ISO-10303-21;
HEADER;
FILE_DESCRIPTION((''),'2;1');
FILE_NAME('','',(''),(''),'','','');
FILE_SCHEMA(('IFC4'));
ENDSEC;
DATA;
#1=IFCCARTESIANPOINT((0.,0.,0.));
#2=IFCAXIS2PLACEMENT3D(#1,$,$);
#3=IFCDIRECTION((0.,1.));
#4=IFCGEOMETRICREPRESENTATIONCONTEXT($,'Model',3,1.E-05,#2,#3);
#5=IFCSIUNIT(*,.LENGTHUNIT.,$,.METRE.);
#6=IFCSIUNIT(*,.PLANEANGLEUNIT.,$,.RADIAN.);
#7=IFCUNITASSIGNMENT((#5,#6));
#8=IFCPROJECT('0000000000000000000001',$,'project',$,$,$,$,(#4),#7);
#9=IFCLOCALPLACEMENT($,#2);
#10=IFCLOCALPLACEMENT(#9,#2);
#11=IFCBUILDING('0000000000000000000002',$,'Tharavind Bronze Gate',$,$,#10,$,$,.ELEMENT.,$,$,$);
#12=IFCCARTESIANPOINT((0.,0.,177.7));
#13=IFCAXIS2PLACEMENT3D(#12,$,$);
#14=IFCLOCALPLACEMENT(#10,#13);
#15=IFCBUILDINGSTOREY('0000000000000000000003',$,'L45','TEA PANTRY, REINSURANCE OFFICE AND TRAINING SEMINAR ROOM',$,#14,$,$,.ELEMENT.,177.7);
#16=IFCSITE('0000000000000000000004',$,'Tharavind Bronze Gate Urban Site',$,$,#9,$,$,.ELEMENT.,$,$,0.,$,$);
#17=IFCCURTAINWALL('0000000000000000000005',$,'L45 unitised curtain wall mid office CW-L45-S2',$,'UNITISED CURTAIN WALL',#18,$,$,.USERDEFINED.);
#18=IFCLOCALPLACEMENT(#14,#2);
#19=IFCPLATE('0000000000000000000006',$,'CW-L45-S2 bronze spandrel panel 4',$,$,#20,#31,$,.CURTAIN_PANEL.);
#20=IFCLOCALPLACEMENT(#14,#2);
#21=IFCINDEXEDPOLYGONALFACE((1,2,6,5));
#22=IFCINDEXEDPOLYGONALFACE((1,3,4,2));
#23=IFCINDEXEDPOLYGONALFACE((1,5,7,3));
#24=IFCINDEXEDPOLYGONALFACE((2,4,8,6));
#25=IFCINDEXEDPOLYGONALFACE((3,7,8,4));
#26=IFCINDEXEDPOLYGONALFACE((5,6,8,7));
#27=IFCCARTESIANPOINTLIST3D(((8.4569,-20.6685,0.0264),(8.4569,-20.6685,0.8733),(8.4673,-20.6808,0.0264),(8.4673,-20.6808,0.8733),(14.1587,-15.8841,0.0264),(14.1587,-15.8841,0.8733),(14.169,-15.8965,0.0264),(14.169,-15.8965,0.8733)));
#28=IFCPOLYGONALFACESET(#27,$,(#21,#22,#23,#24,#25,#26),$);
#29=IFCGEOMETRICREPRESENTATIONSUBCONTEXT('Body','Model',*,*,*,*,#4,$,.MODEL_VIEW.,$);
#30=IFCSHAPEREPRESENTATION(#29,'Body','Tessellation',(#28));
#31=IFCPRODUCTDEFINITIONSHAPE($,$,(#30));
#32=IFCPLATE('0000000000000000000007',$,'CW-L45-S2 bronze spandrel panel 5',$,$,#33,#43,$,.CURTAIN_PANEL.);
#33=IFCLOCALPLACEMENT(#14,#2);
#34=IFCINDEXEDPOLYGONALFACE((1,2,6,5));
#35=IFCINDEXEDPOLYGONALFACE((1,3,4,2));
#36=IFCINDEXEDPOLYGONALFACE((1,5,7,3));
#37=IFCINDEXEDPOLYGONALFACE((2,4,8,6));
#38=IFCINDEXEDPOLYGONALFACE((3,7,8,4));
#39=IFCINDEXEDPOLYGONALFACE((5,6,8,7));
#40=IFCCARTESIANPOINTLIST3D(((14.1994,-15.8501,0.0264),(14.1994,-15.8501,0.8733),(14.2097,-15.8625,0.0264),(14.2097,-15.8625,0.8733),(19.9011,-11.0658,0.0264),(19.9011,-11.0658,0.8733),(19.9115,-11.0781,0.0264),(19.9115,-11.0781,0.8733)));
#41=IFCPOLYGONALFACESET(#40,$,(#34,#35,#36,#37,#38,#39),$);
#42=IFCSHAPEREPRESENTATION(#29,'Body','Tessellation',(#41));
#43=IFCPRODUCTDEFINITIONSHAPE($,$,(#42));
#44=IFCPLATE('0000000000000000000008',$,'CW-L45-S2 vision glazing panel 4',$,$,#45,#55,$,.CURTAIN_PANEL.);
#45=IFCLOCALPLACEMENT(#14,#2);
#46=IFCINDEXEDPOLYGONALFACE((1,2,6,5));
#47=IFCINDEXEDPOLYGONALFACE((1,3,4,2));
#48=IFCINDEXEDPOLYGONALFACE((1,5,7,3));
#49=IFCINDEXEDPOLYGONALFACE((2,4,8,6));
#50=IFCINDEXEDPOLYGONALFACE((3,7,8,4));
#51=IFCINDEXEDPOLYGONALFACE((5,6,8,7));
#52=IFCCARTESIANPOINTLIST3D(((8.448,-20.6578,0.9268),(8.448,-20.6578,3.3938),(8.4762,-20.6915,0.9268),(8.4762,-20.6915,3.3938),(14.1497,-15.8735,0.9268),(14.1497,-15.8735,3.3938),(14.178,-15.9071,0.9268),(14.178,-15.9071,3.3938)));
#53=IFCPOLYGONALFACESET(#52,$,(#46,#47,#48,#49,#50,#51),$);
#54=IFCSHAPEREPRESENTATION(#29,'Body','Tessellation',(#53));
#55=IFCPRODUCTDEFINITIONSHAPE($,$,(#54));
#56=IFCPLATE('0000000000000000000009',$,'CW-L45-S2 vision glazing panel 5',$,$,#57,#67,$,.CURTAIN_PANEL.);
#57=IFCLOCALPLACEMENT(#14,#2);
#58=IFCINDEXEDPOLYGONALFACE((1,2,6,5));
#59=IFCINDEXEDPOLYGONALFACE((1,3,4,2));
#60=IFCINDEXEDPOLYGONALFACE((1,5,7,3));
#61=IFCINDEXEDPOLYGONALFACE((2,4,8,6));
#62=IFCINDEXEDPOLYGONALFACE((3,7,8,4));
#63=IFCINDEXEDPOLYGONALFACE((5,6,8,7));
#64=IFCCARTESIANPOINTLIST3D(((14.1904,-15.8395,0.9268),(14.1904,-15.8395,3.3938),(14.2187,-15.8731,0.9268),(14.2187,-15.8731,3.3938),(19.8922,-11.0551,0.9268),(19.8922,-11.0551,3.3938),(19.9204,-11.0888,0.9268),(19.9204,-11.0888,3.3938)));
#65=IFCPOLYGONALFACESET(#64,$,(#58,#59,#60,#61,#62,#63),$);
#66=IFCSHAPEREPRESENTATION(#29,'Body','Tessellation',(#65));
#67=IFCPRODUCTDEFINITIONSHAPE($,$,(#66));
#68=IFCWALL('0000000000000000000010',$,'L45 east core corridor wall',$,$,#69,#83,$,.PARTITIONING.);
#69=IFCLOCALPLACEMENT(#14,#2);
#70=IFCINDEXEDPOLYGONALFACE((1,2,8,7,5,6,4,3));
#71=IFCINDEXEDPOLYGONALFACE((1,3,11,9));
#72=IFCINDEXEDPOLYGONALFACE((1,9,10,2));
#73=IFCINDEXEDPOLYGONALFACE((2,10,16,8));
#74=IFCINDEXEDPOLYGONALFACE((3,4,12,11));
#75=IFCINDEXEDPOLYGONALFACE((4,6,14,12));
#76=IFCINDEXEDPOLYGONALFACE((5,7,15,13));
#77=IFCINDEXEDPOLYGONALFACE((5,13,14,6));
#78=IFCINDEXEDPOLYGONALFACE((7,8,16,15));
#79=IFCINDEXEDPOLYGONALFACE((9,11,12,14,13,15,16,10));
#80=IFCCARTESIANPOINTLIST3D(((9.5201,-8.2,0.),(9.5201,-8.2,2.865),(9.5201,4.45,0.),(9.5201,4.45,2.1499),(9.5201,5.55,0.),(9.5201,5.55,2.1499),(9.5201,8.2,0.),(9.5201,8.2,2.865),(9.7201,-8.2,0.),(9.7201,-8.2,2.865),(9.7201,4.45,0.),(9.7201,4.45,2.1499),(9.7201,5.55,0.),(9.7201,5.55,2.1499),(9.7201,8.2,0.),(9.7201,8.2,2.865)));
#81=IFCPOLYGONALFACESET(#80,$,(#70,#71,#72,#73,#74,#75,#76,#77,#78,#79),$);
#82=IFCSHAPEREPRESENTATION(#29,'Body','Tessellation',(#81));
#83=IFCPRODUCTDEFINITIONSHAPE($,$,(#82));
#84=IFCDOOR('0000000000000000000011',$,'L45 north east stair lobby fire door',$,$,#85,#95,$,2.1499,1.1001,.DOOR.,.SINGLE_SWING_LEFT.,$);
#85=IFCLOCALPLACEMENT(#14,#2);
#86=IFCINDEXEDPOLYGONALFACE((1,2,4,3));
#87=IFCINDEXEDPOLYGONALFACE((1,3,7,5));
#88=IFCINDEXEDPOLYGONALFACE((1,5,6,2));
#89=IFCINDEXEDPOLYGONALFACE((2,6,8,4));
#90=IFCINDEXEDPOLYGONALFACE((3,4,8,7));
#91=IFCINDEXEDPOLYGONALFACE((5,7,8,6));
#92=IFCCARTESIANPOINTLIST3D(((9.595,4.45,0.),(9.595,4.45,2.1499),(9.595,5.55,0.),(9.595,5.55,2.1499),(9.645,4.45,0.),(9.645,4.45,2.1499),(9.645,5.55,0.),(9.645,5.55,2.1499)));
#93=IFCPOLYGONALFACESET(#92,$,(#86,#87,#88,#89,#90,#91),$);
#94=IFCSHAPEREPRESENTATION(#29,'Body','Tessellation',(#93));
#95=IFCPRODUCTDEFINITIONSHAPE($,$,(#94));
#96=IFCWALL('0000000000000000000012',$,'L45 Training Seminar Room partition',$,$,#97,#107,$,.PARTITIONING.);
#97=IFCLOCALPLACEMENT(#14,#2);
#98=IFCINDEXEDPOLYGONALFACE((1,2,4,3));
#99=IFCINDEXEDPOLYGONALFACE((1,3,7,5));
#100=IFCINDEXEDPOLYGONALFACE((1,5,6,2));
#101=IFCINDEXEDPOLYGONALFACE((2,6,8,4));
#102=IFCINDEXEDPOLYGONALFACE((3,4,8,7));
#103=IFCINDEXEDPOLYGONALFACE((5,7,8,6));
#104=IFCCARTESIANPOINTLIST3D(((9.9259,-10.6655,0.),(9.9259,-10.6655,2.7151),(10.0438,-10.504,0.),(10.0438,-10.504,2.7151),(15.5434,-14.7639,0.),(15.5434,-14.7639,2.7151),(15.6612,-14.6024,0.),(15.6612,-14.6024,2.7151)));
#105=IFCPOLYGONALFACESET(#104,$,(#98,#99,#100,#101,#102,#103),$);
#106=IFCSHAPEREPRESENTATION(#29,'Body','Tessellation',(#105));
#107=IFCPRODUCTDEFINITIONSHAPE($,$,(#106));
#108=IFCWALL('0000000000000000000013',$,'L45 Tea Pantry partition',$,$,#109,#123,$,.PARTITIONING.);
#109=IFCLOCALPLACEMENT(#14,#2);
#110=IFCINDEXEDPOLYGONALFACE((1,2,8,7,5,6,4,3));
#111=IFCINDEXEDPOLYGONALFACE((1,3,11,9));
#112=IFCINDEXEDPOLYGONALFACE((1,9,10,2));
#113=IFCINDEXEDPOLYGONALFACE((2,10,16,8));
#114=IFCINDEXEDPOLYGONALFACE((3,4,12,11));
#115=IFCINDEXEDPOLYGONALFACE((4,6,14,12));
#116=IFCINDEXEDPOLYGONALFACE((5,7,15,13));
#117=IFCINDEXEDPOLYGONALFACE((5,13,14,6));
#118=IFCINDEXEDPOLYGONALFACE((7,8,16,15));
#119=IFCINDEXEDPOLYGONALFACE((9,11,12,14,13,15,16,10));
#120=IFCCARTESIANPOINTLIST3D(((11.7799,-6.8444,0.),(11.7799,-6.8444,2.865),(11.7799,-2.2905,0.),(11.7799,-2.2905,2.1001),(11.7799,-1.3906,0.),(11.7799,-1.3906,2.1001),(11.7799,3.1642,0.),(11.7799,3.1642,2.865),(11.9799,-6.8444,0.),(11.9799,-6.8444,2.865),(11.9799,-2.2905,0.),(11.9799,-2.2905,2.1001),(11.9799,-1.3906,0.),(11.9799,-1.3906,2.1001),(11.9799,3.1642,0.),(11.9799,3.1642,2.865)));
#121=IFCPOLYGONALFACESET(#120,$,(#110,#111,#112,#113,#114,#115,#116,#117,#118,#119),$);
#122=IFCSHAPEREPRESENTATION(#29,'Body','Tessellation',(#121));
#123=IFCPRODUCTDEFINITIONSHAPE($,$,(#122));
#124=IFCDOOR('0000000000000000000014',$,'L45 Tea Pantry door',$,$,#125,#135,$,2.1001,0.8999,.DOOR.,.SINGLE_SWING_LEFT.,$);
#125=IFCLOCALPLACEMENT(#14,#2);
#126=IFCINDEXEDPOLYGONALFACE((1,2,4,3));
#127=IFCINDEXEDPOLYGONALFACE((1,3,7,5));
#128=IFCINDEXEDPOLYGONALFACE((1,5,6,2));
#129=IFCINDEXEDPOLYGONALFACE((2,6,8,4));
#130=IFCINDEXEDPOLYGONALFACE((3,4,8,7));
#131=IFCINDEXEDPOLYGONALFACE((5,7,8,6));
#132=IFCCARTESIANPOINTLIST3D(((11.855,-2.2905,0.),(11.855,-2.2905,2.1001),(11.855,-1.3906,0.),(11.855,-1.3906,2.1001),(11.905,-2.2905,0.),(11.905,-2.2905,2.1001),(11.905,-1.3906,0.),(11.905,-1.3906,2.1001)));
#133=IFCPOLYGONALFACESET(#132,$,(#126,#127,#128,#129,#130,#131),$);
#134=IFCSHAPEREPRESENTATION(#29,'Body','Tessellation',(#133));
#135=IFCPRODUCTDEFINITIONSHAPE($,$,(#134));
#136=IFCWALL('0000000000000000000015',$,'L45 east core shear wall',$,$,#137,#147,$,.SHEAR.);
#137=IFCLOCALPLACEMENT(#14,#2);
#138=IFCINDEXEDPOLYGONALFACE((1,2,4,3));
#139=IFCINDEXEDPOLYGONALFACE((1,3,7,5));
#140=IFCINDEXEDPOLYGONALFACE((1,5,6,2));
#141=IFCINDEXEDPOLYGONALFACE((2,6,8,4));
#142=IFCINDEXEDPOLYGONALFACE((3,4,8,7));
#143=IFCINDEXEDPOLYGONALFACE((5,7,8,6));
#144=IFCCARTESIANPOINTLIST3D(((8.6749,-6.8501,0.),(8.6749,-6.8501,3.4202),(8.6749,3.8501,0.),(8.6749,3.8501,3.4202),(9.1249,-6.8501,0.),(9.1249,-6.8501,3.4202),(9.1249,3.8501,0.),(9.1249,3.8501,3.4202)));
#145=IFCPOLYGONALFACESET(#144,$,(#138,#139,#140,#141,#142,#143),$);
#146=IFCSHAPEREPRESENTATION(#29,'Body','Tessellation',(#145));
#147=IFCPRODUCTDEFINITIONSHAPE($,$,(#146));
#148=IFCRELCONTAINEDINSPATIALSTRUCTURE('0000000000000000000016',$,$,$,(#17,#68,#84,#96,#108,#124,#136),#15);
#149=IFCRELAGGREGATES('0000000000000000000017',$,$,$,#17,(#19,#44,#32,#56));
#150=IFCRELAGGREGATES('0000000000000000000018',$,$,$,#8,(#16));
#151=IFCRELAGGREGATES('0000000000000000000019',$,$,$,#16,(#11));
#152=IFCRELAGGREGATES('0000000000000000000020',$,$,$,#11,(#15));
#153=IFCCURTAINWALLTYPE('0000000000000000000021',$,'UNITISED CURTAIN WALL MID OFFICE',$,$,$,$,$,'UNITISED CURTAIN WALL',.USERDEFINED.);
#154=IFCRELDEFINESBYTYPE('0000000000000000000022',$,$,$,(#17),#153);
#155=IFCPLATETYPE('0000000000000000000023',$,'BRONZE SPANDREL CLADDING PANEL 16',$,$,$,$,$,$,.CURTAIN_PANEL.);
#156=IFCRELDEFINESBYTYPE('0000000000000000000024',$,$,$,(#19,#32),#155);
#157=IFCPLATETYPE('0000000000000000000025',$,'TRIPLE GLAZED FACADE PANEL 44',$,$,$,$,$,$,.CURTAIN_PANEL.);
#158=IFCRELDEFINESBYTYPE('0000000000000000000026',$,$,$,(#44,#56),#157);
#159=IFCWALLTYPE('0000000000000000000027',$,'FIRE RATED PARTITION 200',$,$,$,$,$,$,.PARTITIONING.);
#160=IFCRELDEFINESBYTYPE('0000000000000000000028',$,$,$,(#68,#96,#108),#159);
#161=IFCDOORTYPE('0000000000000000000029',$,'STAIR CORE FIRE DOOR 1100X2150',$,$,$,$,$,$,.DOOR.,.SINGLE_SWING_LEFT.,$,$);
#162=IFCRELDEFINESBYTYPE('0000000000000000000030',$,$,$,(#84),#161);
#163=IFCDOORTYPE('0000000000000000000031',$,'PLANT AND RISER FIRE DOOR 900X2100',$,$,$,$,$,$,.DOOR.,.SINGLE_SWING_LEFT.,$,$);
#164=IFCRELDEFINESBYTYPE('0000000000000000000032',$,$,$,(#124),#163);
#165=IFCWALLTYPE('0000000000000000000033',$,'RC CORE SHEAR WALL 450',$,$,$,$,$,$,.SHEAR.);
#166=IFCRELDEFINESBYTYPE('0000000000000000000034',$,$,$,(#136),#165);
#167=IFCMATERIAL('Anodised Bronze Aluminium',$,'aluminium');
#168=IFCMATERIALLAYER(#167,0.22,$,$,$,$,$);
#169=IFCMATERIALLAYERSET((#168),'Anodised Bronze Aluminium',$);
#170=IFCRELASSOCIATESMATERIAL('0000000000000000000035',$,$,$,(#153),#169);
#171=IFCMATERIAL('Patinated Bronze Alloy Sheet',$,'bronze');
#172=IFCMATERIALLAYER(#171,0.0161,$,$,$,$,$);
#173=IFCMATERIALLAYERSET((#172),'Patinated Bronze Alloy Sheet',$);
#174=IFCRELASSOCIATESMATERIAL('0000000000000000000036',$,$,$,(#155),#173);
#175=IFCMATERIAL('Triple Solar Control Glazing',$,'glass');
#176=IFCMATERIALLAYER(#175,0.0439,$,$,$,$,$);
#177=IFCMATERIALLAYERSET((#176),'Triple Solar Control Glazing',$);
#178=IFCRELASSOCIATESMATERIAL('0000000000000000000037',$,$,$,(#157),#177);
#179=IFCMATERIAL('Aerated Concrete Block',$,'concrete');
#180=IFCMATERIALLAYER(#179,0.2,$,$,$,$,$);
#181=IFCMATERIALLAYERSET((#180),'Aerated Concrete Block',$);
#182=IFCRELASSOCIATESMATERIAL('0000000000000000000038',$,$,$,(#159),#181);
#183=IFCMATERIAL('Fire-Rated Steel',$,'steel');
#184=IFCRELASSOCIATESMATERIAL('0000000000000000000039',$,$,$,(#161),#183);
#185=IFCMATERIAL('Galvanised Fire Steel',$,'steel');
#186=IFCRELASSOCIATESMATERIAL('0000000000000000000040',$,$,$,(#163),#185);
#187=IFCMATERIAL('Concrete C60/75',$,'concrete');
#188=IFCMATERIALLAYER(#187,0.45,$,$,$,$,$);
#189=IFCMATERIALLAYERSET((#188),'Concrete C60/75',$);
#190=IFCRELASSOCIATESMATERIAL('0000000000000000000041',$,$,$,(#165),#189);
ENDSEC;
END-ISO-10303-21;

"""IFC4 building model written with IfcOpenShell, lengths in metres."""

from ifc_helpers import new_model, si_unit, direction, frame, frame_2d, origin, origin_2d, place, context, subcontext, project, spatial, rectangle, extrude, material, layer, layer_set, type_object, element, fill, aggregate, save


model = new_model("IFC4")

# Units and contexts
model_context = context("Model", 3, precision=1e-05, world=origin(), true_north=direction((0.0, 1.0)))
body_context = subcontext(model_context, "Body", "Model", "MODEL_VIEW")
ifc_project = project(units=[si_unit("LENGTHUNIT", "METRE"), si_unit("PLANEANGLEUNIT", "RADIAN")], contexts=[model_context])

# Site, building, storey
site_placement = place(None, origin())
site = spatial("IfcSite", under=ifc_project, at=site_placement, Name="Tharavind Bronze Gate Urban Site", CompositionType="ELEMENT", RefElevation=0.0)
building_placement = place(site_placement, origin())
building = spatial("IfcBuilding", under=site, at=building_placement, Name="Tharavind Bronze Gate", CompositionType="ELEMENT")
storey_placement = place(building_placement, frame((0.0, 0.0, 177.7)))
storey = spatial("IfcBuildingStorey", under=building, at=storey_placement, Name="L45", Description="TEA PANTRY, REINSURANCE OFFICE AND TRAINING SEMINAR ROOM", CompositionType="ELEMENT", Elevation=177.7)

# Curtain wall
ifc_material_1 = material(Name="Anodised Bronze Aluminium", Category="aluminium")
ifc_layer_1 = layer(ifc_material_1, 0.22)
ifc_layer_set_1 = layer_set([ifc_layer_1], Name="Anodised Bronze Aluminium")
curtain_wall_type = type_object("IfcCurtainWallType", Name="UNITISED CURTAIN WALL MID OFFICE", ElementType="UNITISED CURTAIN WALL", PredefinedType="USERDEFINED", material=ifc_layer_set_1)
curtain_wall_placement = place(storey_placement, origin())
curtain_wall = element("IfcCurtainWall", 1, at=curtain_wall_placement, inside=storey, type_object=curtain_wall_type, Name="L45 unitised curtain wall mid office CW-L45-S2", ObjectType="UNITISED CURTAIN WALL", PredefinedType="USERDEFINED")

# Plates
ifc_material_2 = material(Name="Patinated Bronze Alloy Sheet", Category="bronze")
ifc_layer_2 = layer(ifc_material_2, 0.0161)
ifc_layer_set_2 = layer_set([ifc_layer_2], Name="Patinated Bronze Alloy Sheet")
plate_type_1 = type_object("IfcPlateType", Name="BRONZE SPANDREL CLADDING PANEL 16", PredefinedType="CURTAIN_PANEL", material=ifc_layer_set_2)
plate_1_placement = place(storey_placement, frame((11.313, -18.2825, 0.0264), z_axis=(0.0, 0.0, 1.0), x_axis=(0.766043, 0.642789, 0.0)))
plate_1 = element("IfcPlate", 2, at=plate_1_placement, type_object=plate_type_1, Name="CW-L45-S2 bronze spandrel panel 4", PredefinedType="CURTAIN_PANEL", context=body_context, shape_type="SweptSolid", body=[
    extrude(rectangle(XDim=7.4431, YDim=0.0161, at=origin_2d()), origin(), (0.0, 0.0, 1.0), 0.8469),
])
plate_2_placement = place(storey_placement, frame((17.0554, -13.4641, 0.0264), z_axis=(0.0, 0.0, 1.0), x_axis=(0.766043, 0.642789, 0.0)))
plate_2 = element("IfcPlate", 3, at=plate_2_placement, type_object=plate_type_1, Name="CW-L45-S2 bronze spandrel panel 5", PredefinedType="CURTAIN_PANEL", context=body_context, shape_type="SweptSolid", body=[
    extrude(rectangle(XDim=7.4431, YDim=0.0161, at=origin_2d()), origin(), (0.0, 0.0, 1.0), 0.8469),
])
ifc_material_3 = material(Name="Triple Solar Control Glazing", Category="glass")
ifc_layer_3 = layer(ifc_material_3, 0.0439)
ifc_layer_set_3 = layer_set([ifc_layer_3], Name="Triple Solar Control Glazing")
plate_type_2 = type_object("IfcPlateType", Name="TRIPLE GLAZED FACADE PANEL 44", PredefinedType="CURTAIN_PANEL", material=ifc_layer_set_3)
plate_3_placement = place(storey_placement, frame((11.313, -18.2825, 0.9268), z_axis=(0.0, 0.0, 1.0), x_axis=(0.766043, 0.642789, 0.0)))
plate_3 = element("IfcPlate", 4, at=plate_3_placement, type_object=plate_type_2, Name="CW-L45-S2 vision glazing panel 4", PredefinedType="CURTAIN_PANEL", context=body_context, shape_type="SweptSolid", body=[
    extrude(rectangle(XDim=7.4431, YDim=0.0439, at=origin_2d()), origin(), (0.0, 0.0, 1.0), 2.467),
])
plate_4_placement = place(storey_placement, frame((17.0554, -13.4641, 0.9268), z_axis=(0.0, 0.0, 1.0), x_axis=(0.766043, 0.642789, 0.0)))
plate_4 = element("IfcPlate", 5, at=plate_4_placement, type_object=plate_type_2, Name="CW-L45-S2 vision glazing panel 5", PredefinedType="CURTAIN_PANEL", context=body_context, shape_type="SweptSolid", body=[
    extrude(rectangle(XDim=7.4431, YDim=0.0439, at=origin_2d()), origin(), (0.0, 0.0, 1.0), 2.467),
])
aggregate(curtain_wall, [plate_1, plate_3, plate_2, plate_4])

# Wall, opening, door
ifc_material_4 = material(Name="Aerated Concrete Block", Category="concrete")
ifc_layer_4 = layer(ifc_material_4, 0.2)
ifc_layer_set_4 = layer_set([ifc_layer_4], Name="Aerated Concrete Block")
wall_type_1 = type_object("IfcWallType", Name="FIRE RATED PARTITION 200", PredefinedType="PARTITIONING", material=ifc_layer_set_4)
wall_1_placement = place(storey_placement, frame((9.6201, -8.2, 0.0), z_axis=(0.0, 0.0, 1.0), x_axis=(0.0, 1.0, 0.0)))
wall_1 = element("IfcWall", 6, at=wall_1_placement, inside=storey, type_object=wall_type_1, Name="L45 east core corridor wall", PredefinedType="PARTITIONING", context=body_context, shape_type="SweptSolid", body=[
    extrude(rectangle(XDim=16.3999, YDim=0.2, at=frame_2d((8.2, 0.0))), origin(), (0.0, 0.0, 1.0), 2.865),
])
opening_1_placement = place(wall_1_placement, frame((12.6499, 0.0, 0.0)))
opening_1 = element("IfcOpeningElement", 7, at=opening_1_placement, cuts=wall_1, PredefinedType="OPENING", context=body_context, shape_type="SweptSolid", body=[
    extrude(rectangle(XDim=1.1001, YDim=2.1499, at=frame_2d((0.55, 1.075))), frame((0.0, 0.1101, 0.0), z_axis=(0.0, -1.0, 0.0), x_axis=(1.0, 0.0, 0.0)), (0.0, 0.0, 1.0), 0.22),
])
ifc_material_5 = material(Name="Fire-Rated Steel", Category="steel")
door_type_1 = type_object("IfcDoorType", Name="STAIR CORE FIRE DOOR 1100X2150", OperationType="SINGLE_SWING_LEFT", PredefinedType="DOOR", material=ifc_material_5)
door_1_placement = place(opening_1_placement, frame((1.1001, 0.0, 0.0), z_axis=(0.0, 0.0, 1.0), x_axis=(-1.0, 0.0, 0.0)))
door_1 = element("IfcDoor", 8, at=door_1_placement, inside=storey, type_object=door_type_1, Name="L45 north east stair lobby fire door", OperationType="SINGLE_SWING_LEFT", OverallHeight=2.1499, OverallWidth=1.1001, PredefinedType="DOOR", context=body_context, shape_type="SweptSolid", body=[
    extrude(rectangle(XDim=1.1001, YDim=2.1499, at=frame_2d((0.55, 1.075))), frame((0.0, 0.0249, 0.0), z_axis=(0.0, -1.0, 0.0), x_axis=(1.0, 0.0, 0.0)), (0.0, 0.0, 1.0), 0.05),
])
fill(opening_1, door_1)

# Wall
wall_2_placement = place(storey_placement, frame((9.9849, -10.5847, 0.0), z_axis=(0.0, 0.0, 1.0), x_axis=(0.807847, -0.589392, 0.0)))
element("IfcWall", 9, at=wall_2_placement, inside=storey, type_object=wall_type_1, Name="L45 Training Seminar Room partition", PredefinedType="PARTITIONING", context=body_context, shape_type="SweptSolid", body=[
    extrude(rectangle(XDim=6.9536, YDim=0.2, at=frame_2d((3.4768, 0.0))), origin(), (0.0, 0.0, 1.0), 2.7151),
])

# Wall, opening, door
wall_3_placement = place(storey_placement, frame((11.8799, -6.8445, 0.0), z_axis=(0.0, 0.0, 1.0), x_axis=(0.0, 1.0, 0.0)))
wall_3 = element("IfcWall", 10, at=wall_3_placement, inside=storey, type_object=wall_type_1, Name="L45 Tea Pantry partition", PredefinedType="PARTITIONING", context=body_context, shape_type="SweptSolid", body=[
    extrude(rectangle(XDim=10.0085, YDim=0.2, at=frame_2d((5.0044, 0.0))), origin(), (0.0, 0.0, 1.0), 2.865),
])
opening_2_placement = place(wall_3_placement, frame((4.554, 0.0, 0.0)))
opening_2 = element("IfcOpeningElement", 11, at=opening_2_placement, cuts=wall_3, PredefinedType="OPENING", context=body_context, shape_type="SweptSolid", body=[
    extrude(rectangle(XDim=0.8999, YDim=2.1001, at=frame_2d((0.45, 1.05))), frame((0.0, 0.1101, 0.0), z_axis=(0.0, -1.0, 0.0), x_axis=(1.0, 0.0, 0.0)), (0.0, 0.0, 1.0), 0.22),
])
ifc_material_6 = material(Name="Galvanised Fire Steel", Category="steel")
door_type_2 = type_object("IfcDoorType", Name="PLANT AND RISER FIRE DOOR 900X2100", OperationType="SINGLE_SWING_LEFT", PredefinedType="DOOR", material=ifc_material_6)
door_2_placement = place(opening_2_placement, origin())
door_2 = element("IfcDoor", 12, at=door_2_placement, inside=storey, type_object=door_type_2, Name="L45 Tea Pantry door", OperationType="SINGLE_SWING_LEFT", OverallHeight=2.1001, OverallWidth=0.8999, PredefinedType="DOOR", context=body_context, shape_type="SweptSolid", body=[
    extrude(rectangle(XDim=0.8999, YDim=2.1001, at=frame_2d((0.45, 1.05))), frame((0.0, 0.0249, 0.0), z_axis=(0.0, -1.0, 0.0), x_axis=(1.0, 0.0, 0.0)), (0.0, 0.0, 1.0), 0.05),
])
fill(opening_2, door_2)

# Wall
ifc_material_7 = material(Name="Concrete C60/75", Category="concrete")
ifc_layer_5 = layer(ifc_material_7, 0.45)
ifc_layer_set_5 = layer_set([ifc_layer_5], Name="Concrete C60/75")
wall_type_2 = type_object("IfcWallType", Name="RC CORE SHEAR WALL 450", PredefinedType="SHEAR", material=ifc_layer_set_5)
wall_4_placement = place(storey_placement, frame((8.8999, -6.8501, 0.0), z_axis=(0.0, 0.0, 1.0), x_axis=(0.0, 1.0, 0.0)))
element("IfcWall", 13, at=wall_4_placement, inside=storey, type_object=wall_type_2, Name="L45 east core shear wall", PredefinedType="SHEAR", context=body_context, shape_type="SweptSolid", body=[
    extrude(rectangle(XDim=10.7002, YDim=0.45, at=frame_2d((5.3501, 0.0))), origin(), (0.0, 0.0, 1.0), 3.4202),
])

save(model, "model.ifc")
